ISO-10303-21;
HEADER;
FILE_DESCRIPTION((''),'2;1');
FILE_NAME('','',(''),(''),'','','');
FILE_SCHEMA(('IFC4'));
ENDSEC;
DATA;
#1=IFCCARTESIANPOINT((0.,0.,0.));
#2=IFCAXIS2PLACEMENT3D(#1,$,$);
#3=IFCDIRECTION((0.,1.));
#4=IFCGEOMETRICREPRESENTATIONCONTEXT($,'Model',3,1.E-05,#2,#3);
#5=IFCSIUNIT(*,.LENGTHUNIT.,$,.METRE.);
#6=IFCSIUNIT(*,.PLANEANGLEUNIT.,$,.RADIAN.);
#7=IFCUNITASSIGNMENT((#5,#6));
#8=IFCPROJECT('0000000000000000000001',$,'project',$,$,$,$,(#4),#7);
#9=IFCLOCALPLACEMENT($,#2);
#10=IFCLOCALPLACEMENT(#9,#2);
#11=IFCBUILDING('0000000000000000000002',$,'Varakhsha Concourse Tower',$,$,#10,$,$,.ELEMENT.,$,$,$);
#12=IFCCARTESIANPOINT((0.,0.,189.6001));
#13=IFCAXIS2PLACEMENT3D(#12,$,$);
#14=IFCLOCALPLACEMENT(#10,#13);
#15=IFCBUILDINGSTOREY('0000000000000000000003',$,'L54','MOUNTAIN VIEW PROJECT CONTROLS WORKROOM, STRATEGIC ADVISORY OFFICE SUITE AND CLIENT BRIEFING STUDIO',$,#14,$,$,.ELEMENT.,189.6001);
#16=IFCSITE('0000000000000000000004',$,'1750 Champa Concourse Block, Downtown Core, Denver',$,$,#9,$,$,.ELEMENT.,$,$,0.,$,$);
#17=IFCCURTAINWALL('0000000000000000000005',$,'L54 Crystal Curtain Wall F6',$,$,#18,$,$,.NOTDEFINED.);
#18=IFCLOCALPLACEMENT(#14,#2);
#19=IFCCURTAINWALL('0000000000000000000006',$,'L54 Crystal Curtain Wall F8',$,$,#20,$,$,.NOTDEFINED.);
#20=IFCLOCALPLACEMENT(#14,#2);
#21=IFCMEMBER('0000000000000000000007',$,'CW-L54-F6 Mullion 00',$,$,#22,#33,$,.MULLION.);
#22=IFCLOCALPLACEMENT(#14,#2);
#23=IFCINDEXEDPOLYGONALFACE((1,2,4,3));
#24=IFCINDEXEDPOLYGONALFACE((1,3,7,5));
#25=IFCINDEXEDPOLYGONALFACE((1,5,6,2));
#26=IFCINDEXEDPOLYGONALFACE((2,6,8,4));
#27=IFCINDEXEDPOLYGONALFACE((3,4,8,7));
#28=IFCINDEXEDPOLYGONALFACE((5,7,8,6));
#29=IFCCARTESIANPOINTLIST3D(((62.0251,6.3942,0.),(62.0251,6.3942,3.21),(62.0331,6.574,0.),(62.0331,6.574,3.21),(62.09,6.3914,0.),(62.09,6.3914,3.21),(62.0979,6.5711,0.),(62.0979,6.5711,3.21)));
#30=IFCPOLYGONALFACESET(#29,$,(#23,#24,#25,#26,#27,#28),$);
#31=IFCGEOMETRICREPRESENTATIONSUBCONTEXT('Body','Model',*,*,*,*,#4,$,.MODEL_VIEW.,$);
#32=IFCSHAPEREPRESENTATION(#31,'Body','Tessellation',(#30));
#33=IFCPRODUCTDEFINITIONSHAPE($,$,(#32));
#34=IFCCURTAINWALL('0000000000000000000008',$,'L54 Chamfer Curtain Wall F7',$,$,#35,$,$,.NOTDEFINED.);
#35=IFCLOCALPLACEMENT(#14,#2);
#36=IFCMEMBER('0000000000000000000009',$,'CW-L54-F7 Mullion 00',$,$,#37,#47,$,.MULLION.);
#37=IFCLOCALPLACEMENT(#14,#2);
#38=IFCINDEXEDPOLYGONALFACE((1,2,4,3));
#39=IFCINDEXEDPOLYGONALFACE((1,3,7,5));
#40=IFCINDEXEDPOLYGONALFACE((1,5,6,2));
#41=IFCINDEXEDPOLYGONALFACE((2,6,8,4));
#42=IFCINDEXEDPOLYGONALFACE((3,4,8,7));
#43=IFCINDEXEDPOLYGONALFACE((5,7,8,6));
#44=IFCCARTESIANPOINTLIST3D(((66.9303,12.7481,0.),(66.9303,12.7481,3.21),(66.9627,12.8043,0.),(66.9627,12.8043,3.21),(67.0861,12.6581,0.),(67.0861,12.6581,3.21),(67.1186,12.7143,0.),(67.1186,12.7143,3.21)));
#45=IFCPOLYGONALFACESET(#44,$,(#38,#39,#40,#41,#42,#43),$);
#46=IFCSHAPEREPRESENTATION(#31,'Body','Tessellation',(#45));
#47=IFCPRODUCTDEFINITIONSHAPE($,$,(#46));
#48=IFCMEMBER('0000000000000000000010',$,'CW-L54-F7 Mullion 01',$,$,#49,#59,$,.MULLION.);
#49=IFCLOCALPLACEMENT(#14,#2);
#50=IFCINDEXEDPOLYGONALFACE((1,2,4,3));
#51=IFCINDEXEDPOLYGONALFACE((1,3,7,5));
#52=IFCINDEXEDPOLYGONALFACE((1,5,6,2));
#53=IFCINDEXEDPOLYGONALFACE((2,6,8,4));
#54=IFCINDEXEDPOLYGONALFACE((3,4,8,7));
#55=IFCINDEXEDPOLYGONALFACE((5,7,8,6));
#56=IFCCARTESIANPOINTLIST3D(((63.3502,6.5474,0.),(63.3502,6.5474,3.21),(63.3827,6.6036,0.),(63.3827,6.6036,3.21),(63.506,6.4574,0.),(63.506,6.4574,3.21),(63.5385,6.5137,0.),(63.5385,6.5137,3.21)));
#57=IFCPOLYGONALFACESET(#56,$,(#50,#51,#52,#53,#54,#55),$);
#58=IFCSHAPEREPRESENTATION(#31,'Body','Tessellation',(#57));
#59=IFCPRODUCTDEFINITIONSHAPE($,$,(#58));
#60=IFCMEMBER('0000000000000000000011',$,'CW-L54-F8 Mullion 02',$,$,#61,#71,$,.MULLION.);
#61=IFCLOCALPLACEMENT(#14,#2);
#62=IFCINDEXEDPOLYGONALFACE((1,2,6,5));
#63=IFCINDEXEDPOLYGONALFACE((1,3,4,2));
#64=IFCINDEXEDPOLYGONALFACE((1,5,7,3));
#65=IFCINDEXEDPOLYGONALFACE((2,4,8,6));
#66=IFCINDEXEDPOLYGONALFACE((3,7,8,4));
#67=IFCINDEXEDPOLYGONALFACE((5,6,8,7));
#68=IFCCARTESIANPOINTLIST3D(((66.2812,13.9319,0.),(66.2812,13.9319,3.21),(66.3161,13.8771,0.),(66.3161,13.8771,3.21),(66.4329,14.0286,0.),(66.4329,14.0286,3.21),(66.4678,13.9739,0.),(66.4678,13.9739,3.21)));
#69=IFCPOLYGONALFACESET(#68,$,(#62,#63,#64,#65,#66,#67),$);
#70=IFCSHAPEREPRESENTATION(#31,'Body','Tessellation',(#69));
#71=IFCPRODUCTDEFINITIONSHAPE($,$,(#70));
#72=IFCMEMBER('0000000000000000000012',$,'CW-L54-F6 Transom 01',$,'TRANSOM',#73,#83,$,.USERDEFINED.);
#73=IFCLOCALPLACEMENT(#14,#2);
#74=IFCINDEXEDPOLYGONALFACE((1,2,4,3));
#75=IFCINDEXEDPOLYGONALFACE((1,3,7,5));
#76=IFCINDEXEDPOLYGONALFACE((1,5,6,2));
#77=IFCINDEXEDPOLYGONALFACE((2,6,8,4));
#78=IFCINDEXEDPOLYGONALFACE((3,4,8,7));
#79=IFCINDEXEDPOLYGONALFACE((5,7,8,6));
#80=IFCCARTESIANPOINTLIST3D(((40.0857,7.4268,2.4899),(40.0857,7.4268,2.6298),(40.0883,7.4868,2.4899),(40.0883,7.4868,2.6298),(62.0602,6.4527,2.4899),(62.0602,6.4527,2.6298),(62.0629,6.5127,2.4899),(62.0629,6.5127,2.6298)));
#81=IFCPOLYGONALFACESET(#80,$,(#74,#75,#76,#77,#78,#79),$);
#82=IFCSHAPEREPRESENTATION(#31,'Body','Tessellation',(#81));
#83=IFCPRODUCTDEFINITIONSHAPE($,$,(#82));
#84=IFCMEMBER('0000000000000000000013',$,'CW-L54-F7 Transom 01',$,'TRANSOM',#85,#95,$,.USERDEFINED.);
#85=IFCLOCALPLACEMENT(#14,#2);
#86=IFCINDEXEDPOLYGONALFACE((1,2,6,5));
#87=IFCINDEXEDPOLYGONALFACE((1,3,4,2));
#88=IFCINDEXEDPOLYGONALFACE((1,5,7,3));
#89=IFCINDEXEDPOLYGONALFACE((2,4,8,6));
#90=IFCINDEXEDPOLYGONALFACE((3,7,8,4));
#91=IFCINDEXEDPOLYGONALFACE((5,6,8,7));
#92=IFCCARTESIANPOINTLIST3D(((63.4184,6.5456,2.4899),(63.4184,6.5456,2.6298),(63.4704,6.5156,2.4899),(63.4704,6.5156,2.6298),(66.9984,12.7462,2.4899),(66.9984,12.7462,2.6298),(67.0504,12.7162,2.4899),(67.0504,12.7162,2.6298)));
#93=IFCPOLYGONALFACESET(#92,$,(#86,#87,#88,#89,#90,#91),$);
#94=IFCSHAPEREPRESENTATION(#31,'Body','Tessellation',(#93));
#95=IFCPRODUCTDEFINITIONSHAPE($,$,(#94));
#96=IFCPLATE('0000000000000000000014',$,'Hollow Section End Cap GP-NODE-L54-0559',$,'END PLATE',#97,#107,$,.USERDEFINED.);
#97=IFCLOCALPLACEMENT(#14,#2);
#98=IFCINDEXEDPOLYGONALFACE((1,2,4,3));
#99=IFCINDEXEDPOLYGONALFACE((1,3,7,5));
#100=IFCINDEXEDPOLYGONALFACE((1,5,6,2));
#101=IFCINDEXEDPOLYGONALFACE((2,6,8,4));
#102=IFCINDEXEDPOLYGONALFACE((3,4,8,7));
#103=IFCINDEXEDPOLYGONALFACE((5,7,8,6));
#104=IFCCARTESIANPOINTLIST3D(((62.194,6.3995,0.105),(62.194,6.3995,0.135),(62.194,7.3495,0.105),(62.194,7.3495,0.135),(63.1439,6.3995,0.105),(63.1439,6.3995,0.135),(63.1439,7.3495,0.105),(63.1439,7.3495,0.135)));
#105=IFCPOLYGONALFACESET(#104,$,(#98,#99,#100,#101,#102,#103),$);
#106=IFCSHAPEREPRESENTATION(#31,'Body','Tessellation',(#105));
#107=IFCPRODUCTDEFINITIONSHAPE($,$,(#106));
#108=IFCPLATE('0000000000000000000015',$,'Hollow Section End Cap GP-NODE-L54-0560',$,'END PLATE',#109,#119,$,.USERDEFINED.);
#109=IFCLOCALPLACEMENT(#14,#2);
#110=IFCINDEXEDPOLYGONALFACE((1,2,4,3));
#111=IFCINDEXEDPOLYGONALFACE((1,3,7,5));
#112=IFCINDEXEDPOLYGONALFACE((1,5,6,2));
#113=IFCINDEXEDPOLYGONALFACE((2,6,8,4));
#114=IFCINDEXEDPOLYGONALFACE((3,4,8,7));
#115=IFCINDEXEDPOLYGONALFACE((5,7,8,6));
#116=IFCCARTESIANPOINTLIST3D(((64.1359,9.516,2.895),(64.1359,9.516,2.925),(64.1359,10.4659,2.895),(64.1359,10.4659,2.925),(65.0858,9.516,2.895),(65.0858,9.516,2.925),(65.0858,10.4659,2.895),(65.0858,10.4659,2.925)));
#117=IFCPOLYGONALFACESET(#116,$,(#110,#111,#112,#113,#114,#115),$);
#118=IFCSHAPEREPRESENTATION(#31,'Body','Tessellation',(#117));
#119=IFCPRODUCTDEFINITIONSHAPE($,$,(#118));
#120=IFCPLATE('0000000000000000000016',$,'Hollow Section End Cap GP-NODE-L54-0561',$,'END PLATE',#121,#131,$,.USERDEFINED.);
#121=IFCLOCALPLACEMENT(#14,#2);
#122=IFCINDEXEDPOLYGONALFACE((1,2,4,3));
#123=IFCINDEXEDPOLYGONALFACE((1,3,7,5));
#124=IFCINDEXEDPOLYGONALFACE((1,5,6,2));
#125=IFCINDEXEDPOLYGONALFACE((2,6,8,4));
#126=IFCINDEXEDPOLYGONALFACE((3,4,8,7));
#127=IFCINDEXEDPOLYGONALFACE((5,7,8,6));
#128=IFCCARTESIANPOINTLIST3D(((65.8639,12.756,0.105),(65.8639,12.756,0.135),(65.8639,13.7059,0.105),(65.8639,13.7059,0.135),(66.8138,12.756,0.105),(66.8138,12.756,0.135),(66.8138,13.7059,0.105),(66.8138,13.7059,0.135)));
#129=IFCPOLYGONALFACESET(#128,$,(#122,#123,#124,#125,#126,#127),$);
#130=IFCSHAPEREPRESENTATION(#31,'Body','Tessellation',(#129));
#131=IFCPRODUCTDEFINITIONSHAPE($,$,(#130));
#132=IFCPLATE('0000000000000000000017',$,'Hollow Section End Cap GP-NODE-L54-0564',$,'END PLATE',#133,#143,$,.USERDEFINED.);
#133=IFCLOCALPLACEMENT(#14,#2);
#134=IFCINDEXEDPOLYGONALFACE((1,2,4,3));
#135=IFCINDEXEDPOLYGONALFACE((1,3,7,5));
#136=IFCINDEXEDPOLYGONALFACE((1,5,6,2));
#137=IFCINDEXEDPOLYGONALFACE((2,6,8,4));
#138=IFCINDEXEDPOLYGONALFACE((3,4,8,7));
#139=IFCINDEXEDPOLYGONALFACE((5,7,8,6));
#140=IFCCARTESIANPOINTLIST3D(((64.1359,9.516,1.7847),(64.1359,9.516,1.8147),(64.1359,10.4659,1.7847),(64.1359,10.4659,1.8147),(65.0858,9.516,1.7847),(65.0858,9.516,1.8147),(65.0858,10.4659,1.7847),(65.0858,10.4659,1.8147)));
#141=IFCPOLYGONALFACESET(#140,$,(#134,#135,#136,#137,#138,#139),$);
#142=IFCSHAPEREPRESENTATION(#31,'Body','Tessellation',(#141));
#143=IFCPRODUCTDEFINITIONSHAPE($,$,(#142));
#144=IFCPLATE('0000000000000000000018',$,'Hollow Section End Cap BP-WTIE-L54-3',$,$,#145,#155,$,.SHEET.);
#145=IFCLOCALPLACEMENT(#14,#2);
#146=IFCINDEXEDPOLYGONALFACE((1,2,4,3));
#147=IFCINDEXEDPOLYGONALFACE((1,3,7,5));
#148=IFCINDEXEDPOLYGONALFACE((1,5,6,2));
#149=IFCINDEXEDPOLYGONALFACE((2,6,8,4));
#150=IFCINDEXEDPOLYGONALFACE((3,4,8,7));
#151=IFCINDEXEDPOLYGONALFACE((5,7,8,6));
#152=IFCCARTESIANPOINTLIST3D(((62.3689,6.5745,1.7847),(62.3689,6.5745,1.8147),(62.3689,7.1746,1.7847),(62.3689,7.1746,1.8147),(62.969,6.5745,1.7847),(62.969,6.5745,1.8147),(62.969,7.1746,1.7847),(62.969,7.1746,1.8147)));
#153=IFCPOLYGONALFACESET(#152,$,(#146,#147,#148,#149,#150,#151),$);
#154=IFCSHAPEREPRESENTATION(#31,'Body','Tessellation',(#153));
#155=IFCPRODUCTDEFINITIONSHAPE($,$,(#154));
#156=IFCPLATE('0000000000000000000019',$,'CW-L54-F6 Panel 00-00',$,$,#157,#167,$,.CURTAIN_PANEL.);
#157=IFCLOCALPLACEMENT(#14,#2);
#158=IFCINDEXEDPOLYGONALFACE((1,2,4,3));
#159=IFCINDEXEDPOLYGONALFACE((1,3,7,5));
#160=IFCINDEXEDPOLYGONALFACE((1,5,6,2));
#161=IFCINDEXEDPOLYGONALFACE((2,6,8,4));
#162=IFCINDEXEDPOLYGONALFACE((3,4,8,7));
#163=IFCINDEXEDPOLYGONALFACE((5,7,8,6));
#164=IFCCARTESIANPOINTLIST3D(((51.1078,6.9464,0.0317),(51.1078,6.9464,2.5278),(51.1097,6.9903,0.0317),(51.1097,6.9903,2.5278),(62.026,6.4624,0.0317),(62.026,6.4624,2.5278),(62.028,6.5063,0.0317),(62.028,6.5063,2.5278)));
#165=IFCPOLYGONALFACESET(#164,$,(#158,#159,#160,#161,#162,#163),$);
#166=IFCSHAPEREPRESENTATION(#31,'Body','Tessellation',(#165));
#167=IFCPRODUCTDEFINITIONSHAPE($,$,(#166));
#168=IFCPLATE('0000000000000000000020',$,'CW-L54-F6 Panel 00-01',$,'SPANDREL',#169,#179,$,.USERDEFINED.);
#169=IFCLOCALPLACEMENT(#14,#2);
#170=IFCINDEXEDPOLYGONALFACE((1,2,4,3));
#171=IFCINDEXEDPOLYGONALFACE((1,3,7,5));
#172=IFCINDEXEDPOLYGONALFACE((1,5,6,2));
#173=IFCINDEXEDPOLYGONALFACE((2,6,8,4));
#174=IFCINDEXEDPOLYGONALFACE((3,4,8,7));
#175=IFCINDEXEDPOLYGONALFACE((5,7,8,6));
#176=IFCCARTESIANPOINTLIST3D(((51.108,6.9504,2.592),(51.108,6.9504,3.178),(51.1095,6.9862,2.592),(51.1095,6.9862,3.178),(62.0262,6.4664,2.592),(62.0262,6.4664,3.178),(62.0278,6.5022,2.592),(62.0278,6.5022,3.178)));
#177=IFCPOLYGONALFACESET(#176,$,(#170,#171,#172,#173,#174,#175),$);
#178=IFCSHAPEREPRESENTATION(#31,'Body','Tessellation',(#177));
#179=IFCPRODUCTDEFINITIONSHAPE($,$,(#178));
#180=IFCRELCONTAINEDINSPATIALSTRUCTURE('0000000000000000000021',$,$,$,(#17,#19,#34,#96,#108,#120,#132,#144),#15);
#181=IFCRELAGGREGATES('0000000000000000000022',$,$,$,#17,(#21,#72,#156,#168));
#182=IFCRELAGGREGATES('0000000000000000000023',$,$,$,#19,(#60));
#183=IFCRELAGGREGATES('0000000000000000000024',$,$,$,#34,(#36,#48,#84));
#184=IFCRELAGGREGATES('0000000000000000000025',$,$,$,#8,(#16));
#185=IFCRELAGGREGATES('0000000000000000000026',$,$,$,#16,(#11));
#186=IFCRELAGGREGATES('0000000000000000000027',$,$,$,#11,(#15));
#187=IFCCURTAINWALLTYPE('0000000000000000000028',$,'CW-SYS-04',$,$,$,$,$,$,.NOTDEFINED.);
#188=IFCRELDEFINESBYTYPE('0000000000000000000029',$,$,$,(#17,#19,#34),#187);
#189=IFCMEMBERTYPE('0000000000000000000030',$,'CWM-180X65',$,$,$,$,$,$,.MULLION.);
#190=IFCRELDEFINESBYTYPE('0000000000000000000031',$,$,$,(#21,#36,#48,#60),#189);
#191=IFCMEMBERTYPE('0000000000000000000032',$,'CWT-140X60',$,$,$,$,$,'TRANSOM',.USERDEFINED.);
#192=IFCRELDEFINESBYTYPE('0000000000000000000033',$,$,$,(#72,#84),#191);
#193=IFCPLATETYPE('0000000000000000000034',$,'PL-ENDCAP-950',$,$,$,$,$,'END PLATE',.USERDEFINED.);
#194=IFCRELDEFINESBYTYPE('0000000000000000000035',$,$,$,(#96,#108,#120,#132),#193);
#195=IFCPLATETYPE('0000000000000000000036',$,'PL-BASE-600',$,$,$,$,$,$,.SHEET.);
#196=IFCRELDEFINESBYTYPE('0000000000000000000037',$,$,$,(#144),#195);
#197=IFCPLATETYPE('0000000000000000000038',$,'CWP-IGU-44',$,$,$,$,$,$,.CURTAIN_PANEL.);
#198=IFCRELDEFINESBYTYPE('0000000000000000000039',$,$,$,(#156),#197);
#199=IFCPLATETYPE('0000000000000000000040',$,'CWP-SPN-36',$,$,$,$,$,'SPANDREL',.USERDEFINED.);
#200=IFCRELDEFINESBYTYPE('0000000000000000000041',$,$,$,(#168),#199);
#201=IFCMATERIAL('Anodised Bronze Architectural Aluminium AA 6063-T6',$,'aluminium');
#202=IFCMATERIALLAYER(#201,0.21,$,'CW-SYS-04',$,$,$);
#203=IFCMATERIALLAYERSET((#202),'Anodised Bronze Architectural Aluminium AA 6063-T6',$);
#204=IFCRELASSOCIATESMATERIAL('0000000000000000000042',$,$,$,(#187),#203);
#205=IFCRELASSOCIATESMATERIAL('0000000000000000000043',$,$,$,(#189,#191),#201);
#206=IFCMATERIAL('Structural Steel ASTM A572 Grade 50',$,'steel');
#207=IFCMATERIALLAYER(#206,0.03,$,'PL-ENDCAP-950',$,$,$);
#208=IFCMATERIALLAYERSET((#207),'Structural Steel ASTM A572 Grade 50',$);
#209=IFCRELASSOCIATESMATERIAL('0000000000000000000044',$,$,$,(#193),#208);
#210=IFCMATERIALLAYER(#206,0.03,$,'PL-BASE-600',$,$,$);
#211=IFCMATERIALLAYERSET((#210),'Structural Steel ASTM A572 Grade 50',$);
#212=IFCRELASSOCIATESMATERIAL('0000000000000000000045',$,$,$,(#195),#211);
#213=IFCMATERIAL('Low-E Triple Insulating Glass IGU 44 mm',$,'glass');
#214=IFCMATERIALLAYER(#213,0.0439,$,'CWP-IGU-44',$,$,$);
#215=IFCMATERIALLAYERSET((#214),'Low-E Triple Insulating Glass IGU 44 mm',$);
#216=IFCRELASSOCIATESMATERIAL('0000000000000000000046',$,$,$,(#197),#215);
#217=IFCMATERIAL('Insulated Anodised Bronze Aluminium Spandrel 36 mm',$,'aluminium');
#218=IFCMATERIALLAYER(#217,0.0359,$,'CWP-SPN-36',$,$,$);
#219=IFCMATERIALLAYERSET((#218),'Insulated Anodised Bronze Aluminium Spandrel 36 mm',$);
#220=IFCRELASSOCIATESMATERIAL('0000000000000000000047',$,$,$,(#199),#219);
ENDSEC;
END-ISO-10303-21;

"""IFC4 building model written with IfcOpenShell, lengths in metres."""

from ifc_helpers import new_model, si_unit, direction, frame, origin, origin_2d, place, context, subcontext, project, spatial, rectangle, extrude, source, transform, mapped, material, layer, layer_set, material_profile, profile_set, type_object, type_shapes, element, aggregate, save


model = new_model("IFC4")

# Units and contexts
model_context = context("Model", 3, precision=1e-05, world=origin(), true_north=direction((0.0, 1.0)))
body_context = subcontext(model_context, "Body", "Model", "MODEL_VIEW")
ifc_project = project(units=[si_unit("LENGTHUNIT", "METRE"), si_unit("PLANEANGLEUNIT", "RADIAN")], contexts=[model_context])

# Site, building, storey
site_placement = place(None, origin())
site = spatial("IfcSite", under=ifc_project, at=site_placement, Name="1750 Champa Concourse Block, Downtown Core, Denver", CompositionType="ELEMENT", RefElevation=0.0)
building_placement = place(site_placement, origin())
building = spatial("IfcBuilding", under=site, at=building_placement, Name="Varakhsha Concourse Tower", CompositionType="ELEMENT")
storey_placement = place(building_placement, frame((0.0, 0.0, 189.6001)))
storey = spatial("IfcBuildingStorey", under=building, at=storey_placement, Name="L54", Description="MOUNTAIN VIEW PROJECT CONTROLS WORKROOM, STRATEGIC ADVISORY OFFICE SUITE AND CLIENT BRIEFING STUDIO", CompositionType="ELEMENT", Elevation=189.6001)

# Shared definitions
ifc_material_1 = material(Name="Structural Steel ASTM A572 Grade 50", Category="steel")

# Curtain walls
ifc_material_2 = material(Name="Anodised Bronze Architectural Aluminium AA 6063-T6", Category="aluminium")
ifc_layer_1 = layer(ifc_material_2, 0.21, Name="CW-SYS-04")
ifc_layer_set_1 = layer_set([ifc_layer_1], Name="Anodised Bronze Architectural Aluminium AA 6063-T6")
curtain_wall_type = type_object("IfcCurtainWallType", Name="CW-SYS-04", PredefinedType="NOTDEFINED", material=ifc_layer_set_1)
curtain_wall_1_placement = place(storey_placement, origin())
curtain_wall_1 = element("IfcCurtainWall", 1, at=curtain_wall_1_placement, inside=storey, type_object=curtain_wall_type, Name="L54 Crystal Curtain Wall F6", PredefinedType="NOTDEFINED")
curtain_wall_2_placement = place(storey_placement, origin())
curtain_wall_2 = element("IfcCurtainWall", 2, at=curtain_wall_2_placement, inside=storey, type_object=curtain_wall_type, Name="L54 Crystal Curtain Wall F8", PredefinedType="NOTDEFINED")

# Member
ifc_material_profile_1 = material_profile(ifc_material_2, rectangle(XDim=0.0649, YDim=0.1799, at=origin_2d()), Name="CWM-180X65")
ifc_profile_set_1 = profile_set([ifc_material_profile_1], Name="Anodised Bronze Architectural Aluminium AA 6063-T6")
member_type_1 = type_object("IfcMemberType", Name="CWM-180X65", PredefinedType="MULLION", material=ifc_profile_set_1)
shared_shape_1 = source(origin(), body_context, "Body", "SweptSolid", [
    extrude(rectangle(XDim=0.0649, YDim=0.1799, at=origin_2d()), origin(), (0.0, 0.0, 1.0), 3.21),
])
type_shapes(member_type_1, [shared_shape_1])
member_1_placement = place(storey_placement, frame((62.0615, 6.4827, 0.0), z_axis=(0.0, 0.0, 1.0), x_axis=(-0.999019, 0.044285, 0.0)))
member_1 = element("IfcMember", 3, at=member_1_placement, type_object=member_type_1, Name="CW-L54-F6 Mullion 00", PredefinedType="MULLION", context=body_context, shape_type="MappedRepresentation", body=[
    mapped(shared_shape_1, transform((0.0, 0.0, 0.0), scale=1.0)),
])

# Curtain wall, members
curtain_wall_3_placement = place(storey_placement, origin())
curtain_wall_3 = element("IfcCurtainWall", 4, at=curtain_wall_3_placement, inside=storey, type_object=curtain_wall_type, Name="L54 Chamfer Curtain Wall F7", PredefinedType="NOTDEFINED")
member_2_placement = place(storey_placement, frame((67.0244, 12.7312, 0.0), z_axis=(0.0, 0.0, 1.0), x_axis=(-0.499997, -0.866027, 0.0)))
member_2 = element("IfcMember", 5, at=member_2_placement, type_object=member_type_1, Name="CW-L54-F7 Mullion 00", PredefinedType="MULLION", context=body_context, shape_type="MappedRepresentation", body=[
    mapped(shared_shape_1, transform((0.0, 0.0, 0.0), scale=1.0)),
])
member_3_placement = place(storey_placement, frame((63.4443, 6.5305, 0.0), z_axis=(0.0, 0.0, 1.0), x_axis=(-0.499997, -0.866027, 0.0)))
member_3 = element("IfcMember", 6, at=member_3_placement, type_object=member_type_1, Name="CW-L54-F7 Mullion 01", PredefinedType="MULLION", context=body_context, shape_type="MappedRepresentation", body=[
    mapped(shared_shape_1, transform((0.0, 0.0, 0.0), scale=1.0)),
])

# Members
member_4_placement = place(storey_placement, frame((66.3745, 13.9529, 0.0), z_axis=(0.0, 0.0, 1.0), x_axis=(0.537863, -0.843032, 0.0)))
member_4 = element("IfcMember", 7, at=member_4_placement, type_object=member_type_1, Name="CW-L54-F8 Mullion 02", PredefinedType="MULLION", context=body_context, shape_type="MappedRepresentation", body=[
    mapped(shared_shape_1, transform((0.0, 0.0, 0.0), scale=1.0)),
])
ifc_material_profile_2 = material_profile(ifc_material_2, rectangle(XDim=0.0601, YDim=0.1399, at=origin_2d()), Name="CWT-140X60")
ifc_profile_set_2 = profile_set([ifc_material_profile_2], Name="Anodised Bronze Architectural Aluminium AA 6063-T6")
member_type_2 = type_object("IfcMemberType", Name="CWT-140X60", ElementType="TRANSOM", PredefinedType="USERDEFINED", material=ifc_profile_set_2)
shared_shape_2 = source(origin(), body_context, "Body", "SweptSolid", [
    extrude(rectangle(XDim=0.0601, YDim=0.1399, at=origin_2d()), origin(), (0.0, 0.0, 1.0), 21.9961),
])
member_5_placement = place(storey_placement, frame((62.0615, 6.4827, 2.5598), z_axis=(-0.999019, 0.044286, 0.0), x_axis=(-0.044286, -0.999019, 0.0)))
member_5 = element("IfcMember", 8, at=member_5_placement, type_object=member_type_2, Name="CW-L54-F6 Transom 01", ObjectType="TRANSOM", PredefinedType="USERDEFINED", context=body_context, shape_type="MappedRepresentation", body=[
    mapped(shared_shape_2, transform((0.0, 0.0, 0.0), scale=1.0)),
])
shared_shape_3 = source(origin(), body_context, "Body", "SweptSolid", [
    extrude(rectangle(XDim=0.0601, YDim=0.1399, at=origin_2d()), origin(), (0.0, 0.0, 1.0), 7.1599),
])
type_shapes(member_type_2, [shared_shape_2, shared_shape_3])
member_6_placement = place(storey_placement, frame((67.0244, 12.7312, 2.5598), z_axis=(-0.500012, -0.866019, 0.0), x_axis=(0.866019, -0.500012, 0.0)))
member_6 = element("IfcMember", 9, at=member_6_placement, type_object=member_type_2, Name="CW-L54-F7 Transom 01", ObjectType="TRANSOM", PredefinedType="USERDEFINED", context=body_context, shape_type="MappedRepresentation", body=[
    mapped(shared_shape_3, transform((0.0, 0.0, 0.0), scale=1.0)),
])

# Plates
ifc_layer_2 = layer(ifc_material_1, 0.03, Name="PL-ENDCAP-950")
ifc_layer_set_2 = layer_set([ifc_layer_2], Name="Structural Steel ASTM A572 Grade 50")
plate_type_1 = type_object("IfcPlateType", Name="PL-ENDCAP-950", ElementType="END PLATE", PredefinedType="USERDEFINED", material=ifc_layer_set_2)
shared_shape_4 = source(origin(), body_context, "Body", "SweptSolid", [
    extrude(rectangle(XDim=0.95, YDim=0.95, at=origin_2d()), origin(), (0.0, 0.0, 1.0), 0.03),
])
type_shapes(plate_type_1, [shared_shape_4])
for number, where, z_axis, x_axis, name in (
    (10, (62.6689, 6.8745, 0.105), (0.0, 0.0, 1.0), (1.0, 0.0, 0.0), "Hollow Section End Cap GP-NODE-L54-0559"),
    (11, (64.6108, 9.991, 2.895), (0.0, 0.0, 1.0), (1.0, 0.0, 0.0), "Hollow Section End Cap GP-NODE-L54-0560"),
    (12, (66.3389, 13.231, 0.105), (0.0, 0.0, 1.0), (1.0, 0.0, 0.0), "Hollow Section End Cap GP-NODE-L54-0561"),
    (13, (64.6108, 9.991, 1.7847), (0.0, 0.0, 1.0), (1.0, 0.0, 0.0), "Hollow Section End Cap GP-NODE-L54-0564"),
):
    element("IfcPlate", number, at=place(storey_placement, frame(where, z_axis=z_axis, x_axis=x_axis)), inside=storey, type_object=plate_type_1, Name=name, ObjectType="END PLATE", PredefinedType="USERDEFINED", context=body_context, shape_type="MappedRepresentation", body=[
        mapped(shared_shape_4, transform((0.0, 0.0, 0.0), scale=1.0)),
    ])
ifc_layer_3 = layer(ifc_material_1, 0.03, Name="PL-BASE-600")
ifc_layer_set_3 = layer_set([ifc_layer_3], Name="Structural Steel ASTM A572 Grade 50")
plate_type_2 = type_object("IfcPlateType", Name="PL-BASE-600", PredefinedType="SHEET", material=ifc_layer_set_3)
shared_shape_5 = source(origin(), body_context, "Body", "SweptSolid", [
    extrude(rectangle(XDim=0.6001, YDim=0.6001, at=origin_2d()), origin(), (0.0, 0.0, 1.0), 0.03),
])
type_shapes(plate_type_2, [shared_shape_5])
plate_1_placement = place(storey_placement, frame((62.6689, 6.8745, 1.7847), z_axis=(0.0, 0.0, 1.0), x_axis=(1.0, 0.0, 0.0)))
element("IfcPlate", 14, at=plate_1_placement, inside=storey, type_object=plate_type_2, Name="Hollow Section End Cap BP-WTIE-L54-3", PredefinedType="SHEET", context=body_context, shape_type="MappedRepresentation", body=[
    mapped(shared_shape_5, transform((0.0, 0.0, 0.0), scale=1.0)),
])

# Plates
ifc_material_3 = material(Name="Low-E Triple Insulating Glass IGU 44 mm", Category="glass")
ifc_layer_4 = layer(ifc_material_3, 0.0439, Name="CWP-IGU-44")
ifc_layer_set_4 = layer_set([ifc_layer_4], Name="Low-E Triple Insulating Glass IGU 44 mm")
plate_type_3 = type_object("IfcPlateType", Name="CWP-IGU-44", PredefinedType="CURTAIN_PANEL", material=ifc_layer_set_4)
shared_shape_6 = source(origin(), body_context, "Body", "SweptSolid", [
    extrude(rectangle(XDim=10.929, YDim=0.0439, at=origin_2d()), origin(), (0.0, 0.0, 1.0), 2.4961),
])
plate_2_placement = place(storey_placement, frame((56.5679, 6.7263, 0.0317), z_axis=(0.0, 0.0, 1.0), x_axis=(-0.999019, 0.044285, 0.0)))
plate_2 = element("IfcPlate", 15, at=plate_2_placement, type_object=plate_type_3, Name="CW-L54-F6 Panel 00-00", PredefinedType="CURTAIN_PANEL", context=body_context, shape_type="MappedRepresentation", body=[
    mapped(shared_shape_6, transform((0.0, 0.0, 0.0), scale=1.0)),
])
ifc_material_4 = material(Name="Insulated Anodised Bronze Aluminium Spandrel 36 mm", Category="aluminium")
ifc_layer_5 = layer(ifc_material_4, 0.0359, Name="CWP-SPN-36")
ifc_layer_set_5 = layer_set([ifc_layer_5], Name="Insulated Anodised Bronze Aluminium Spandrel 36 mm")
plate_type_4 = type_object("IfcPlateType", Name="CWP-SPN-36", ElementType="SPANDREL", PredefinedType="USERDEFINED", material=ifc_layer_set_5)
shared_shape_7 = source(origin(), body_context, "Body", "SweptSolid", [
    extrude(rectangle(XDim=10.929, YDim=0.0359, at=origin_2d()), origin(), (0.0, 0.0, 1.0), 0.5859),
])
plate_3_placement = place(storey_placement, frame((56.5679, 6.7263, 2.592), z_axis=(0.0, 0.0, 1.0), x_axis=(-0.999019, 0.044285, 0.0)))
plate_3 = element("IfcPlate", 16, at=plate_3_placement, type_object=plate_type_4, Name="CW-L54-F6 Panel 00-01", ObjectType="SPANDREL", PredefinedType="USERDEFINED", context=body_context, shape_type="MappedRepresentation", body=[
    mapped(shared_shape_7, transform((0.0, 0.0, 0.0), scale=1.0)),
])
aggregate(curtain_wall_1, [member_1, member_5, plate_2, plate_3])
aggregate(curtain_wall_2, [member_4])
aggregate(curtain_wall_3, [member_2, member_3, member_6])

save(model, "model.ifc")
